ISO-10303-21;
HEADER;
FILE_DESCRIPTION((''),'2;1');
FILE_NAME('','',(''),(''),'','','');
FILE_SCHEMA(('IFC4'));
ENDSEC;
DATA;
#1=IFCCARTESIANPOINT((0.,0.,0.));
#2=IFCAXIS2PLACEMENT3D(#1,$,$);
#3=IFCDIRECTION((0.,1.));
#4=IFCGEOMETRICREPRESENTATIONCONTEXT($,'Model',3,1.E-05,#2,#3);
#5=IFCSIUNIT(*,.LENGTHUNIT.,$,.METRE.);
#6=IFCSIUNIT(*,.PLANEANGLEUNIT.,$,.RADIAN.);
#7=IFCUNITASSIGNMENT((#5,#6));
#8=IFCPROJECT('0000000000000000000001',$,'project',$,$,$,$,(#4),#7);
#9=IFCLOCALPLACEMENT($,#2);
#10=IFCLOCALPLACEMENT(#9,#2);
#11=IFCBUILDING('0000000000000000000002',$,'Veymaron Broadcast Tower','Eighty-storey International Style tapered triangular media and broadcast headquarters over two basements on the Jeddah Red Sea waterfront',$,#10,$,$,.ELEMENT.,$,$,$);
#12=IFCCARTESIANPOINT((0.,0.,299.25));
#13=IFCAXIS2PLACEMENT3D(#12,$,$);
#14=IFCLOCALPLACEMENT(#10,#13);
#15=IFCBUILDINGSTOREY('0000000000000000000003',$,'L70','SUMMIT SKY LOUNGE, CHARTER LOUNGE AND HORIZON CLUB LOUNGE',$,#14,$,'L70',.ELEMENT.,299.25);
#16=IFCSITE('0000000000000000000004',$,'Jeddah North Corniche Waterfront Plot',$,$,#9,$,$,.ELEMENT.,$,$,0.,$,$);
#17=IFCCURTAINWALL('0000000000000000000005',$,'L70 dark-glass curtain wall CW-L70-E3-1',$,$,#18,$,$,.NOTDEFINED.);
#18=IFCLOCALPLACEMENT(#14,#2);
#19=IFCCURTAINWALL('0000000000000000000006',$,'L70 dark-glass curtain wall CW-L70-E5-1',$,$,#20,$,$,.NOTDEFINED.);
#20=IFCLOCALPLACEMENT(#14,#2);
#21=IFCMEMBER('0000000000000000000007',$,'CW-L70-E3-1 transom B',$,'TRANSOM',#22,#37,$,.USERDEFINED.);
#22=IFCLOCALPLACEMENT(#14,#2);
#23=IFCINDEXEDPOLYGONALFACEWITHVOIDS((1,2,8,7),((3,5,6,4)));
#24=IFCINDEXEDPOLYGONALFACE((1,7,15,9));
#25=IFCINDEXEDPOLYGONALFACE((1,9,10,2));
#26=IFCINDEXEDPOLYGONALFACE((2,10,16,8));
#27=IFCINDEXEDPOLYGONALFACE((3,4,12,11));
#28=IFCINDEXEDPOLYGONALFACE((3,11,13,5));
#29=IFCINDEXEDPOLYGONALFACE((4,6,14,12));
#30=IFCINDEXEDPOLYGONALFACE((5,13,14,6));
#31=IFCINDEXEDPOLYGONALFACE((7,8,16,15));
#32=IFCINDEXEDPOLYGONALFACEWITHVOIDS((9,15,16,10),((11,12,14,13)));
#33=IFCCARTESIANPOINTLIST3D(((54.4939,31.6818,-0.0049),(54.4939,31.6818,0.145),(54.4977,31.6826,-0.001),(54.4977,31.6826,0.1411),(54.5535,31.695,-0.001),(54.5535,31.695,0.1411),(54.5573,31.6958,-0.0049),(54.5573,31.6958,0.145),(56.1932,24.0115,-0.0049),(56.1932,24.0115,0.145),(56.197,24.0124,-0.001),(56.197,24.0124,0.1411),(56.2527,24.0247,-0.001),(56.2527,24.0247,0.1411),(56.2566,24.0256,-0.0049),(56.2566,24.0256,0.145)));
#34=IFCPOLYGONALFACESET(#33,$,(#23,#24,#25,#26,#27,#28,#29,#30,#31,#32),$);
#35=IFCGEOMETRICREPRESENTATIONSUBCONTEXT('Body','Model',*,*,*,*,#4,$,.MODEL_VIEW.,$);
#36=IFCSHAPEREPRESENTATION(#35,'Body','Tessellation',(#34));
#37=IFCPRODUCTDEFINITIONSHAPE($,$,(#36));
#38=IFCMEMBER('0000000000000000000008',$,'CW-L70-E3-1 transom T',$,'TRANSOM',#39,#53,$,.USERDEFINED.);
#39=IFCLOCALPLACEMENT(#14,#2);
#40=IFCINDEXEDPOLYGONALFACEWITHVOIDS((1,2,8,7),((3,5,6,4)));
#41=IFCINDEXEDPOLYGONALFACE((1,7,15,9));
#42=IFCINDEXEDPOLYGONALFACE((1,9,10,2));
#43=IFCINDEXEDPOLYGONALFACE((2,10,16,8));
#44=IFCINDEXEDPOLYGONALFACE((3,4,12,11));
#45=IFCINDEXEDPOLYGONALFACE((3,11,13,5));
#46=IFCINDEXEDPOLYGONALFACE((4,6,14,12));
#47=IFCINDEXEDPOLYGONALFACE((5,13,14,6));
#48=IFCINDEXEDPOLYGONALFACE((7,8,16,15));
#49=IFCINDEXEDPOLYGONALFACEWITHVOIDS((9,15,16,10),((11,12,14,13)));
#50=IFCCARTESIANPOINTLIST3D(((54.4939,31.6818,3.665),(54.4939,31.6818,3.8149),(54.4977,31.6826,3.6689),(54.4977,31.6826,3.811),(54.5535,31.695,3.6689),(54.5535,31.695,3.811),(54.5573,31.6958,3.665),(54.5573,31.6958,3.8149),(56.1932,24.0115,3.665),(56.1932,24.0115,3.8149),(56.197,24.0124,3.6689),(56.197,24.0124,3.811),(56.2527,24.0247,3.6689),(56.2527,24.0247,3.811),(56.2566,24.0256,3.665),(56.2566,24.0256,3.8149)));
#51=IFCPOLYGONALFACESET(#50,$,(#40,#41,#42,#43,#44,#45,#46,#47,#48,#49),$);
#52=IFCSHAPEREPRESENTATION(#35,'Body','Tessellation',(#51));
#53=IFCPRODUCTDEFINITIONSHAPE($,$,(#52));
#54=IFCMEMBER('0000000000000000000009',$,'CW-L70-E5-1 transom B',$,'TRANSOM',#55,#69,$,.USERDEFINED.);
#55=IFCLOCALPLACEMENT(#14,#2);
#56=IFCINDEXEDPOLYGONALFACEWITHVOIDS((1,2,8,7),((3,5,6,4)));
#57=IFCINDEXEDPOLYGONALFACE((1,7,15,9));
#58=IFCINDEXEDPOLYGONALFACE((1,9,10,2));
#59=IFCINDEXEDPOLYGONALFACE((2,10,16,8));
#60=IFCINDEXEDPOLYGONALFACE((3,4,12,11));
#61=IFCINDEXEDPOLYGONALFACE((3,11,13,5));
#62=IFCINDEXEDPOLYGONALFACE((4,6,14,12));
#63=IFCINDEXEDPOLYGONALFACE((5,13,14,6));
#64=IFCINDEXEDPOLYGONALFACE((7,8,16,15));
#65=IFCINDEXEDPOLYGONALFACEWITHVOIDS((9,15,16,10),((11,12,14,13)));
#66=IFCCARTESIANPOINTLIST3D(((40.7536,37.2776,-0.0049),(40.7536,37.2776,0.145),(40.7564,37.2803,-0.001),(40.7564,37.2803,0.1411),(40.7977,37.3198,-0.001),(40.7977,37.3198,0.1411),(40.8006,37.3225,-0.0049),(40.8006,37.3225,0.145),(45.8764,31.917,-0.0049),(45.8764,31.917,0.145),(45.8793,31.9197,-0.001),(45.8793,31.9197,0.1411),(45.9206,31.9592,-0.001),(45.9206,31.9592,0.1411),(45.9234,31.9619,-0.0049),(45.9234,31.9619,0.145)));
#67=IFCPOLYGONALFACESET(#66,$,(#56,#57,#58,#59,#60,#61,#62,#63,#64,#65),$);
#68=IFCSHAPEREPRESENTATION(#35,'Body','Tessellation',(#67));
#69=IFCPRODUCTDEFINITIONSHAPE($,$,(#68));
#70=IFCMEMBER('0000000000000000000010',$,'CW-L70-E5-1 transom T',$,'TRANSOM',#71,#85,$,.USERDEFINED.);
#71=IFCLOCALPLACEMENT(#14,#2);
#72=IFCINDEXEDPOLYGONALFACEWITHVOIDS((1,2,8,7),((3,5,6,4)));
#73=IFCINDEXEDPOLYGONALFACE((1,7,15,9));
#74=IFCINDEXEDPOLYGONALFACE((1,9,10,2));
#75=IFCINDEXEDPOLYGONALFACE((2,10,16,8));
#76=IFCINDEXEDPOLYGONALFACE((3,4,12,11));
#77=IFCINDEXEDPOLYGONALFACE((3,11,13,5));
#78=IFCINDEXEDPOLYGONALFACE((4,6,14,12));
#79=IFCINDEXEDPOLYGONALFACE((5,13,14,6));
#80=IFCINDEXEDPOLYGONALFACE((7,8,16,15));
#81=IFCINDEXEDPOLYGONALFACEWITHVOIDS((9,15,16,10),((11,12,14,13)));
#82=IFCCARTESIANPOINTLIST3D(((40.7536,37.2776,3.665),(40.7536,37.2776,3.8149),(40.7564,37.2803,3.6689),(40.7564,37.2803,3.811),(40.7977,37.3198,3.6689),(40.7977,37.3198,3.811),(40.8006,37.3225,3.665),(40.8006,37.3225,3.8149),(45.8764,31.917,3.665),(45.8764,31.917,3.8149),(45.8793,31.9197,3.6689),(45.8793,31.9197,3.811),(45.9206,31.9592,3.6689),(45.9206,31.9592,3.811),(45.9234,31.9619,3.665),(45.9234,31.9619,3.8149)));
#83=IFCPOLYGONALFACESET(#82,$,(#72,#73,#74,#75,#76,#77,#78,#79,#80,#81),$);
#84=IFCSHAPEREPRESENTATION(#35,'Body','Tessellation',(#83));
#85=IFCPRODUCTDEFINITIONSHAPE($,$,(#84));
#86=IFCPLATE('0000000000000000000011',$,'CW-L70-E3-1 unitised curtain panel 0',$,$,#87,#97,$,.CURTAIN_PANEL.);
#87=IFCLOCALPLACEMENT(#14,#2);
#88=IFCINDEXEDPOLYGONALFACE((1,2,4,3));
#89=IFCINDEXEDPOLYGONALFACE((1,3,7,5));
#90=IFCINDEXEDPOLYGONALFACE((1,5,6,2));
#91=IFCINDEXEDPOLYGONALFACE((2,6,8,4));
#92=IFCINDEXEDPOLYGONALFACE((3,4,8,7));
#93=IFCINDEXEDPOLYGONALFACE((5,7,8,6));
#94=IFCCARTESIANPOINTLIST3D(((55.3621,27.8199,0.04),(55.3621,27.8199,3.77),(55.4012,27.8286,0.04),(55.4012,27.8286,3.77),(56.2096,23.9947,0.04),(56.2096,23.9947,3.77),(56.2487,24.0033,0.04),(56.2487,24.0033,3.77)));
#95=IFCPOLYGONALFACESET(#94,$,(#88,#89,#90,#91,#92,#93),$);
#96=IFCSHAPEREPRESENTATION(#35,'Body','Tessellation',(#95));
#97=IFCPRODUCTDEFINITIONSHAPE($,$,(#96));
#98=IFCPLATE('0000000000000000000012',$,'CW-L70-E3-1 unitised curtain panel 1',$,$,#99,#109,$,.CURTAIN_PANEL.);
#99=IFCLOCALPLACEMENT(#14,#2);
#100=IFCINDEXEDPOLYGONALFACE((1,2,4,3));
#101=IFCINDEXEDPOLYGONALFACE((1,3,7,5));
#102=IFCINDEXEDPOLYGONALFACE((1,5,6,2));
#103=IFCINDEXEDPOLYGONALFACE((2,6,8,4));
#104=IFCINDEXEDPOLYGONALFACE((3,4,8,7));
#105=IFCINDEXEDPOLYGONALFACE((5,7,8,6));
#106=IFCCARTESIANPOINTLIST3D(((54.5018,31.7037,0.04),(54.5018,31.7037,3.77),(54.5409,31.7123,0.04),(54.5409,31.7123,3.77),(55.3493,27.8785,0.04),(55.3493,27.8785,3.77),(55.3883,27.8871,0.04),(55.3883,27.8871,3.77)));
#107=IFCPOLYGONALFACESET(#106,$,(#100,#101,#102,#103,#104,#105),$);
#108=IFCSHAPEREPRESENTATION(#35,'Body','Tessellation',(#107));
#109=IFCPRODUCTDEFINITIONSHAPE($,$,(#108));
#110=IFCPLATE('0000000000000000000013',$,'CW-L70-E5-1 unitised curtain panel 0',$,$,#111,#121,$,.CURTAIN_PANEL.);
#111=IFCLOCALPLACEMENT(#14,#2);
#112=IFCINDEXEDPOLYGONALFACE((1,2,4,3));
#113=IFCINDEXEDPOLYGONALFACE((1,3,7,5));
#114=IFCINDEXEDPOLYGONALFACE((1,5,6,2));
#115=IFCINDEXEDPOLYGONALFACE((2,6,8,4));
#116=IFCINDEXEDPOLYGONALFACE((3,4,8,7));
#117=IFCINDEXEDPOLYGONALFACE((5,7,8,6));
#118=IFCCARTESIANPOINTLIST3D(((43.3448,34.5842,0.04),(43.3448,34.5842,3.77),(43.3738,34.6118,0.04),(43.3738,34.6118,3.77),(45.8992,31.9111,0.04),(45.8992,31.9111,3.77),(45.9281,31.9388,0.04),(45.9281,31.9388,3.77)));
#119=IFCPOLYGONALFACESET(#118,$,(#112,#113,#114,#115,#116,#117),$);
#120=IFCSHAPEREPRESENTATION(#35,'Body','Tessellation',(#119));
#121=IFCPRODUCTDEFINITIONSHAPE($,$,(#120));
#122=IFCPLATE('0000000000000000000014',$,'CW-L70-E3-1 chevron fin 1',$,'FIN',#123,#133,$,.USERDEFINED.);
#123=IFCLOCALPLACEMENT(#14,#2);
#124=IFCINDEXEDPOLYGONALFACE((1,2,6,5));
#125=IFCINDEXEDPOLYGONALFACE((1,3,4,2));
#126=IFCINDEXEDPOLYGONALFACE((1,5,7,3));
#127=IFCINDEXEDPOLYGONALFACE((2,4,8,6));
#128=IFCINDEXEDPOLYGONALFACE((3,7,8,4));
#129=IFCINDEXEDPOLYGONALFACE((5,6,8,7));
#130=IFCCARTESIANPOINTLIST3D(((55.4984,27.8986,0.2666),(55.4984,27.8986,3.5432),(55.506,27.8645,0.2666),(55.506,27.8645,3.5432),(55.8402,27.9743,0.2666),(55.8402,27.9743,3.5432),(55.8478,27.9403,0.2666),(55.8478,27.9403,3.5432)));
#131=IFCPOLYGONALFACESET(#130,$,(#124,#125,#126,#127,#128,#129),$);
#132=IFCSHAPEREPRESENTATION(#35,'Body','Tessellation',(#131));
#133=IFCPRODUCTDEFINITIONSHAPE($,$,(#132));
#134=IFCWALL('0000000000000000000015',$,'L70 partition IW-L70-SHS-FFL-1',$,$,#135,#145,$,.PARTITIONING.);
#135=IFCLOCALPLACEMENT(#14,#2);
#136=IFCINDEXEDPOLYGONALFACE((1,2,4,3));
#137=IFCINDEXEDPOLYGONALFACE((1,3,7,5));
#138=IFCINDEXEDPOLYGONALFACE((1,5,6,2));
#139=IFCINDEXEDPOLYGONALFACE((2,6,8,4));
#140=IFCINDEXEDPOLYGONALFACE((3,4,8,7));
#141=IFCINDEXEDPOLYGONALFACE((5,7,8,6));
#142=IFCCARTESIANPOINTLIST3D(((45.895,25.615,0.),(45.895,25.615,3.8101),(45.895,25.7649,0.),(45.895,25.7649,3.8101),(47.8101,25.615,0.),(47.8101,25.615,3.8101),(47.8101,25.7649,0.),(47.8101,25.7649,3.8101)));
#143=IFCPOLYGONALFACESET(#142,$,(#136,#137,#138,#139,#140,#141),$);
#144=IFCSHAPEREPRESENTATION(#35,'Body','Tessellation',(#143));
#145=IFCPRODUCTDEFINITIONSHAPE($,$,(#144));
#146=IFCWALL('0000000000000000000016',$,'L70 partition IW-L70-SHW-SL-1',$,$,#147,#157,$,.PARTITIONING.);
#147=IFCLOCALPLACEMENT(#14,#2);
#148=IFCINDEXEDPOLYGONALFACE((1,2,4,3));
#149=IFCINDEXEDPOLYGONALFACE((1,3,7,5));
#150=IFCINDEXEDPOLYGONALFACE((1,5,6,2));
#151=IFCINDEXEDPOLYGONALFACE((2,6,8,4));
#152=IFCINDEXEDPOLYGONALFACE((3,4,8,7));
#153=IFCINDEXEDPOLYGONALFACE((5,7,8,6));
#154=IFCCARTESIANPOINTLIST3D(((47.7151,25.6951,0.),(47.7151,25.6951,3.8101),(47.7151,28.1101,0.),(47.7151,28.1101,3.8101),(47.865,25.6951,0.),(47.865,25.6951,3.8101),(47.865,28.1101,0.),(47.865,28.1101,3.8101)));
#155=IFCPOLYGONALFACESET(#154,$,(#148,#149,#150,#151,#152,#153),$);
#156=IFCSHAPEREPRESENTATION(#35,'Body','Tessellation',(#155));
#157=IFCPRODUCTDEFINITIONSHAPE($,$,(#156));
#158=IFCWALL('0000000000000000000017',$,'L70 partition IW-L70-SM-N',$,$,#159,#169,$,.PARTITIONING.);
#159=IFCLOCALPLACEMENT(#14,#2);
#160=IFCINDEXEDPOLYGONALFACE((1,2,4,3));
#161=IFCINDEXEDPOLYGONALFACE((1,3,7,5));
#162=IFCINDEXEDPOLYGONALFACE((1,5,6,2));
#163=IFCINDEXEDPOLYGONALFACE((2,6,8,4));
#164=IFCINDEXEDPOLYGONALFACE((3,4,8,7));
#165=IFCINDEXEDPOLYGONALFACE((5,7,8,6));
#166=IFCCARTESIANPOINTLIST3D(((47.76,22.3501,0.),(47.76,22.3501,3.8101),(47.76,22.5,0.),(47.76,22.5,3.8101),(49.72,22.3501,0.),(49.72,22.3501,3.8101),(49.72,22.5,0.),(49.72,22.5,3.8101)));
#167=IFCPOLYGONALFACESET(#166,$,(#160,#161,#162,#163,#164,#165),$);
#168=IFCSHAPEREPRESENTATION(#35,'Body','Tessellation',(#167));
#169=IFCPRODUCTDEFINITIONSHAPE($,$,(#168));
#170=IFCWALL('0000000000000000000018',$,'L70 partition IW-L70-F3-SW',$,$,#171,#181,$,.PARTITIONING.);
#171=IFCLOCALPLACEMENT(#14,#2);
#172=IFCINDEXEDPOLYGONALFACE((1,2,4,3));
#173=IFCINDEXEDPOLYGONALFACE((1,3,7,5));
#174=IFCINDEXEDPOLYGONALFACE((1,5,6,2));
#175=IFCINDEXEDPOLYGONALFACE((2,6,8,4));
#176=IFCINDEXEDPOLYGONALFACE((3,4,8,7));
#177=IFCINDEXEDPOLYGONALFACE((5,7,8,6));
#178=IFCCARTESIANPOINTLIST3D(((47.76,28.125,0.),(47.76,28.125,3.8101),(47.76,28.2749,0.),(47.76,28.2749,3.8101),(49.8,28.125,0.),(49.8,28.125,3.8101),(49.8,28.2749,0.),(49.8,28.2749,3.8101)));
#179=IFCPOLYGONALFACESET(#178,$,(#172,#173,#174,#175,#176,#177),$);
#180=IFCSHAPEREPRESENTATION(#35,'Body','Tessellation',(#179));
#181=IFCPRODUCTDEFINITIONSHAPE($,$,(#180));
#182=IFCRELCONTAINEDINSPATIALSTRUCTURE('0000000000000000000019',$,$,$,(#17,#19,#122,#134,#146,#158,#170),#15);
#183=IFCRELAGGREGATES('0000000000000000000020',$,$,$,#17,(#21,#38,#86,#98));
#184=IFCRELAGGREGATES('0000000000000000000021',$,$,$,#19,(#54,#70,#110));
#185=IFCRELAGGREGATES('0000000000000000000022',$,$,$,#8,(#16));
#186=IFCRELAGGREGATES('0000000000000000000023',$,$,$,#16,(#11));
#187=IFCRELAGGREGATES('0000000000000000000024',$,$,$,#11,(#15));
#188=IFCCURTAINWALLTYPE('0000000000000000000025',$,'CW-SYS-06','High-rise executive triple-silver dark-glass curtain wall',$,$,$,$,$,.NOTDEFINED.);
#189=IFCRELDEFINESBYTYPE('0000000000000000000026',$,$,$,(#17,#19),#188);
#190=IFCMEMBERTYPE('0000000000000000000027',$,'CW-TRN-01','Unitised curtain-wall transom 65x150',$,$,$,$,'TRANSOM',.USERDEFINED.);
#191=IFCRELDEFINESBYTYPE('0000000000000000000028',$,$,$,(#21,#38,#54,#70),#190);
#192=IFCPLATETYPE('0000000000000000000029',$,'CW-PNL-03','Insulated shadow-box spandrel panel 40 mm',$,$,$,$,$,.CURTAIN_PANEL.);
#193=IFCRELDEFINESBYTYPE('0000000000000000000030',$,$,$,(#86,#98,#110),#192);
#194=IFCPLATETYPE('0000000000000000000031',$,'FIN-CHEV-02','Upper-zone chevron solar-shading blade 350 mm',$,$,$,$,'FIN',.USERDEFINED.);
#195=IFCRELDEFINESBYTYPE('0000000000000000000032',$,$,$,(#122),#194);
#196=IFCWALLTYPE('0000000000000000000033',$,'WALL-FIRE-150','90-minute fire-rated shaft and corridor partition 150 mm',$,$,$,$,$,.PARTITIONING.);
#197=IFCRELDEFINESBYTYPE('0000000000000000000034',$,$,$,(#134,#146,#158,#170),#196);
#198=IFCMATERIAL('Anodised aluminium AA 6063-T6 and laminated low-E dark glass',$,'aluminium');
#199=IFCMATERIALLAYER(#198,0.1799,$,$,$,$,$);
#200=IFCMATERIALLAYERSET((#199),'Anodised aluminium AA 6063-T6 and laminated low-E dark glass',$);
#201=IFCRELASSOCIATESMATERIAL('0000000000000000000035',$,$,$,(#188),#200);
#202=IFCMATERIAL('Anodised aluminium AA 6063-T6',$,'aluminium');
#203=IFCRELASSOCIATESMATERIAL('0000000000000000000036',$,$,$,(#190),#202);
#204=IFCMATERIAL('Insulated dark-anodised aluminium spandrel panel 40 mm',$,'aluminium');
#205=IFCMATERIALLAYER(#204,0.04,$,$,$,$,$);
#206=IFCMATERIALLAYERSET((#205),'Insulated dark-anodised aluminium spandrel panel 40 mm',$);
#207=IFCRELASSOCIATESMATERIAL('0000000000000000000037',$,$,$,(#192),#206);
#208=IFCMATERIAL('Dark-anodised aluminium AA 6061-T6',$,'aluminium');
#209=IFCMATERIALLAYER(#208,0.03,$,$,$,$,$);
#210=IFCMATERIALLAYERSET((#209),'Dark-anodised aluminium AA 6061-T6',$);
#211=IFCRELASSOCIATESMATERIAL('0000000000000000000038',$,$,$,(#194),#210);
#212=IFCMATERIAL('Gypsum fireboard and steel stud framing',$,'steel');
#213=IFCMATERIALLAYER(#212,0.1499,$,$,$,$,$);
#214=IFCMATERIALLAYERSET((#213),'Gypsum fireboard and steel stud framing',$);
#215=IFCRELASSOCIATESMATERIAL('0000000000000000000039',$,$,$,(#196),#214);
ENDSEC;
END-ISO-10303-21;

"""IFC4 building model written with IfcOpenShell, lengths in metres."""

from ifc_helpers import new_model, si_unit, direction, frame, frame_2d, origin, origin_2d, place, context, subcontext, project, spatial, rectangle, hollow_rectangle, extrude, material, layer, layer_set, material_profile, profile_set, type_object, element, aggregate, save


model = new_model("IFC4")

# Units and contexts
model_context = context("Model", 3, precision=1e-05, world=origin(), true_north=direction((0.0, 1.0)))
body_context = subcontext(model_context, "Body", "Model", "MODEL_VIEW")
ifc_project = project(units=[si_unit("LENGTHUNIT", "METRE"), si_unit("PLANEANGLEUNIT", "RADIAN")], contexts=[model_context])

# Site, building, storey
site_placement = place(None, origin())
site = spatial("IfcSite", under=ifc_project, at=site_placement, Name="Jeddah North Corniche Waterfront Plot", CompositionType="ELEMENT", RefElevation=0.0)
building_placement = place(site_placement, origin())
building = spatial("IfcBuilding", under=site, at=building_placement, Name="Veymaron Broadcast Tower", Description="Eighty-storey International Style tapered triangular media and broadcast headquarters over two basements on the Jeddah Red Sea waterfront", CompositionType="ELEMENT")
storey_placement = place(building_placement, frame((0.0, 0.0, 299.25)))
storey = spatial("IfcBuildingStorey", under=building, at=storey_placement, Name="L70", Description="SUMMIT SKY LOUNGE, CHARTER LOUNGE AND HORIZON CLUB LOUNGE", LongName="L70", CompositionType="ELEMENT", Elevation=299.25)

# Shared definitions
ifc_material_1 = material(Name="Anodised aluminium AA 6063-T6 and laminated low-E dark glass", Category="aluminium")
ifc_layer_1 = layer(ifc_material_1, 0.1799)
ifc_layer_set_1 = layer_set([ifc_layer_1], Name="Anodised aluminium AA 6063-T6 and laminated low-E dark glass")
curtain_wall_type = type_object("IfcCurtainWallType", Name="CW-SYS-06", Description="High-rise executive triple-silver dark-glass curtain wall", PredefinedType="NOTDEFINED", material=ifc_layer_set_1)
ifc_material_2 = material(Name="Anodised aluminium AA 6063-T6", Category="aluminium")

# Curtain wall
curtain_wall_1_placement = place(storey_placement, origin())
curtain_wall_1 = element("IfcCurtainWall", 1, at=curtain_wall_1_placement, inside=storey, type_object=curtain_wall_type, Name="L70 dark-glass curtain wall CW-L70-E3-1", PredefinedType="NOTDEFINED")

# Curtain wall
curtain_wall_2_placement = place(storey_placement, origin())
curtain_wall_2 = element("IfcCurtainWall", 2, at=curtain_wall_2_placement, inside=storey, type_object=curtain_wall_type, Name="L70 dark-glass curtain wall CW-L70-E5-1", PredefinedType="NOTDEFINED")

# Members
ifc_material_profile_1 = material_profile(ifc_material_2, hollow_rectangle(XDim=0.0649, YDim=0.1499, WallThickness=0.0039, at=origin_2d()), Name="AL150X65X4")
ifc_profile_set_1 = profile_set([ifc_material_profile_1], Name="Anodised aluminium AA 6063-T6")
member_type_1 = type_object("IfcMemberType", Name="CW-TRN-01", Description="Unitised curtain-wall transom 65x150", ElementType="TRANSOM", PredefinedType="USERDEFINED", material=ifc_profile_set_1)
member_1_placement = place(storey_placement, frame((56.2249, 24.0186, 0.0701), z_axis=(-0.216292, 0.976329, 0.0), x_axis=(-0.976329, -0.216292, 0.0)))
member_1 = element("IfcMember", 3, at=member_1_placement, type_object=member_type_1, Name="CW-L70-E3-1 transom B", ObjectType="TRANSOM", PredefinedType="USERDEFINED", context=body_context, shape_type="SweptSolid", body=[
    extrude(hollow_rectangle(XDim=0.0649, YDim=0.1499, WallThickness=0.0039, at=origin_2d()), origin(), (0.0, 0.0, 1.0), 7.8562),
])
member_2_placement = place(storey_placement, frame((56.2249, 24.0186, 3.74), z_axis=(-0.216292, 0.976329, 0.0), x_axis=(-0.976329, -0.216292, 0.0)))
member_2 = element("IfcMember", 4, at=member_2_placement, type_object=member_type_1, Name="CW-L70-E3-1 transom T", ObjectType="TRANSOM", PredefinedType="USERDEFINED", context=body_context, shape_type="SweptSolid", body=[
    extrude(hollow_rectangle(XDim=0.0649, YDim=0.1499, WallThickness=0.0039, at=origin_2d()), origin(), (0.0, 0.0, 1.0), 7.8562),
])
member_3_placement = place(storey_placement, frame((45.8999, 31.9395, 0.0701), z_axis=(-0.69089, 0.72296, 0.0), x_axis=(-0.72296, -0.69089, 0.0)))
member_3 = element("IfcMember", 5, at=member_3_placement, type_object=member_type_1, Name="CW-L70-E5-1 transom B", ObjectType="TRANSOM", PredefinedType="USERDEFINED", context=body_context, shape_type="SweptSolid", body=[
    extrude(hollow_rectangle(XDim=0.0649, YDim=0.1499, WallThickness=0.0039, at=origin_2d()), origin(), (0.0, 0.0, 1.0), 7.4148),
])
member_4_placement = place(storey_placement, frame((45.8999, 31.9395, 3.74), z_axis=(-0.69089, 0.72296, 0.0), x_axis=(-0.72296, -0.69089, 0.0)))
member_4 = element("IfcMember", 6, at=member_4_placement, type_object=member_type_1, Name="CW-L70-E5-1 transom T", ObjectType="TRANSOM", PredefinedType="USERDEFINED", context=body_context, shape_type="SweptSolid", body=[
    extrude(hollow_rectangle(XDim=0.0649, YDim=0.1499, WallThickness=0.0039, at=origin_2d()), origin(), (0.0, 0.0, 1.0), 7.4148),
])

# Plates
ifc_material_3 = material(Name="Insulated dark-anodised aluminium spandrel panel 40 mm", Category="aluminium")
ifc_layer_2 = layer(ifc_material_3, 0.04)
ifc_layer_set_2 = layer_set([ifc_layer_2], Name="Insulated dark-anodised aluminium spandrel panel 40 mm")
plate_type_1 = type_object("IfcPlateType", Name="CW-PNL-03", Description="Insulated shadow-box spandrel panel 40 mm", PredefinedType="CURTAIN_PANEL", material=ifc_layer_set_2)
plate_1_placement = place(storey_placement, frame((55.8054, 25.9116, 0.04), z_axis=(0.0, 0.0, 1.0), x_axis=(-0.216303, 0.976326, 0.0)))
plate_1 = element("IfcPlate", 7, at=plate_1_placement, type_object=plate_type_1, Name="CW-L70-E3-1 unitised curtain panel 0", PredefinedType="CURTAIN_PANEL", context=body_context, shape_type="SweptSolid", body=[
    extrude(rectangle(XDim=3.918, YDim=0.04, at=origin_2d()), origin(), (0.0, 0.0, 1.0), 3.73),
])
plate_2_placement = place(storey_placement, frame((54.9451, 29.7954, 0.04), z_axis=(0.0, 0.0, 1.0), x_axis=(-0.216303, 0.976326, 0.0)))
plate_2 = element("IfcPlate", 8, at=plate_2_placement, type_object=plate_type_1, Name="CW-L70-E3-1 unitised curtain panel 1", PredefinedType="CURTAIN_PANEL", context=body_context, shape_type="SweptSolid", body=[
    extrude(rectangle(XDim=3.918, YDim=0.04, at=origin_2d()), origin(), (0.0, 0.0, 1.0), 3.73),
])
aggregate(curtain_wall_1, [member_1, member_2, plate_1, plate_2])
plate_3_placement = place(storey_placement, frame((44.6365, 33.2615, 0.04), z_axis=(0.0, 0.0, 1.0), x_axis=(-0.69087, 0.722979, 0.0)))
plate_3 = element("IfcPlate", 9, at=plate_3_placement, type_object=plate_type_1, Name="CW-L70-E5-1 unitised curtain panel 0", PredefinedType="CURTAIN_PANEL", context=body_context, shape_type="SweptSolid", body=[
    extrude(rectangle(XDim=3.6973, YDim=0.04, at=origin_2d()), origin(), (0.0, 0.0, 1.0), 3.73),
])
aggregate(curtain_wall_2, [member_3, member_4, plate_3])
ifc_material_4 = material(Name="Dark-anodised aluminium AA 6061-T6", Category="aluminium")
ifc_layer_3 = layer(ifc_material_4, 0.03)
ifc_layer_set_3 = layer_set([ifc_layer_3], Name="Dark-anodised aluminium AA 6061-T6")
plate_type_2 = type_object("IfcPlateType", Name="FIN-CHEV-02", Description="Upper-zone chevron solar-shading blade 350 mm", ElementType="FIN", PredefinedType="USERDEFINED", material=ifc_layer_set_3)
plate_4_placement = place(storey_placement, frame((55.6731, 27.9194, 0.2666), z_axis=(0.0, 0.0, 1.0), x_axis=(0.976326, 0.216303, 0.0)))
element("IfcPlate", 10, at=plate_4_placement, inside=storey, type_object=plate_type_2, Name="CW-L70-E3-1 chevron fin 1", ObjectType="FIN", PredefinedType="USERDEFINED", context=body_context, shape_type="SweptSolid", body=[
    extrude(rectangle(XDim=0.3501, YDim=0.0349, at=origin_2d()), origin(), (0.0, 0.0, 1.0), 3.2766),
])

# Shared definitions
ifc_material_5 = material(Name="Gypsum fireboard and steel stud framing", Category="steel")
ifc_layer_4 = layer(ifc_material_5, 0.1499)
ifc_layer_set_4 = layer_set([ifc_layer_4], Name="Gypsum fireboard and steel stud framing")
wall_type_1 = type_object("IfcWallType", Name="WALL-FIRE-150", Description="90-minute fire-rated shaft and corridor partition 150 mm", PredefinedType="PARTITIONING", material=ifc_layer_set_4)

# Wall
wall_1_placement = place(storey_placement, frame((45.895, 25.6899, 0.0), z_axis=(0.0, 0.0, 1.0), x_axis=(1.0, 0.0, 0.0)))
element("IfcWall", 11, at=wall_1_placement, inside=storey, type_object=wall_type_1, Name="L70 partition IW-L70-SHS-FFL-1", PredefinedType="PARTITIONING", context=body_context, shape_type="SweptSolid", body=[
    extrude(rectangle(XDim=1.915, YDim=0.1499, at=frame_2d((0.9575, 0.0))), origin(), (0.0, 0.0, 1.0), 3.8101),
])

# Walls
wall_2_placement = place(storey_placement, frame((47.79, 25.6951, 0.0), z_axis=(0.0, 0.0, 1.0), x_axis=(0.0, 1.0, 0.0)))
element("IfcWall", 12, at=wall_2_placement, inside=storey, type_object=wall_type_1, Name="L70 partition IW-L70-SHW-SL-1", PredefinedType="PARTITIONING", context=body_context, shape_type="SweptSolid", body=[
    extrude(rectangle(XDim=2.415, YDim=0.1499, at=frame_2d((1.2075, 0.0))), origin(), (0.0, 0.0, 1.0), 3.8101),
])
wall_3_placement = place(storey_placement, frame((47.76, 22.425, 0.0), z_axis=(0.0, 0.0, 1.0), x_axis=(1.0, 0.0, 0.0)))
element("IfcWall", 13, at=wall_3_placement, inside=storey, type_object=wall_type_1, Name="L70 partition IW-L70-SM-N", PredefinedType="PARTITIONING", context=body_context, shape_type="SweptSolid", body=[
    extrude(rectangle(XDim=1.96, YDim=0.1499, at=frame_2d((0.98, 0.0))), origin(), (0.0, 0.0, 1.0), 3.8101),
])
wall_4_placement = place(storey_placement, frame((47.76, 28.2, 0.0), z_axis=(0.0, 0.0, 1.0), x_axis=(1.0, 0.0, 0.0)))
element("IfcWall", 14, at=wall_4_placement, inside=storey, type_object=wall_type_1, Name="L70 partition IW-L70-F3-SW", PredefinedType="PARTITIONING", context=body_context, shape_type="SweptSolid", body=[
    extrude(rectangle(XDim=2.04, YDim=0.1499, at=frame_2d((1.02, 0.0))), origin(), (0.0, 0.0, 1.0), 3.8101),
])

save(model, "model.ifc")
